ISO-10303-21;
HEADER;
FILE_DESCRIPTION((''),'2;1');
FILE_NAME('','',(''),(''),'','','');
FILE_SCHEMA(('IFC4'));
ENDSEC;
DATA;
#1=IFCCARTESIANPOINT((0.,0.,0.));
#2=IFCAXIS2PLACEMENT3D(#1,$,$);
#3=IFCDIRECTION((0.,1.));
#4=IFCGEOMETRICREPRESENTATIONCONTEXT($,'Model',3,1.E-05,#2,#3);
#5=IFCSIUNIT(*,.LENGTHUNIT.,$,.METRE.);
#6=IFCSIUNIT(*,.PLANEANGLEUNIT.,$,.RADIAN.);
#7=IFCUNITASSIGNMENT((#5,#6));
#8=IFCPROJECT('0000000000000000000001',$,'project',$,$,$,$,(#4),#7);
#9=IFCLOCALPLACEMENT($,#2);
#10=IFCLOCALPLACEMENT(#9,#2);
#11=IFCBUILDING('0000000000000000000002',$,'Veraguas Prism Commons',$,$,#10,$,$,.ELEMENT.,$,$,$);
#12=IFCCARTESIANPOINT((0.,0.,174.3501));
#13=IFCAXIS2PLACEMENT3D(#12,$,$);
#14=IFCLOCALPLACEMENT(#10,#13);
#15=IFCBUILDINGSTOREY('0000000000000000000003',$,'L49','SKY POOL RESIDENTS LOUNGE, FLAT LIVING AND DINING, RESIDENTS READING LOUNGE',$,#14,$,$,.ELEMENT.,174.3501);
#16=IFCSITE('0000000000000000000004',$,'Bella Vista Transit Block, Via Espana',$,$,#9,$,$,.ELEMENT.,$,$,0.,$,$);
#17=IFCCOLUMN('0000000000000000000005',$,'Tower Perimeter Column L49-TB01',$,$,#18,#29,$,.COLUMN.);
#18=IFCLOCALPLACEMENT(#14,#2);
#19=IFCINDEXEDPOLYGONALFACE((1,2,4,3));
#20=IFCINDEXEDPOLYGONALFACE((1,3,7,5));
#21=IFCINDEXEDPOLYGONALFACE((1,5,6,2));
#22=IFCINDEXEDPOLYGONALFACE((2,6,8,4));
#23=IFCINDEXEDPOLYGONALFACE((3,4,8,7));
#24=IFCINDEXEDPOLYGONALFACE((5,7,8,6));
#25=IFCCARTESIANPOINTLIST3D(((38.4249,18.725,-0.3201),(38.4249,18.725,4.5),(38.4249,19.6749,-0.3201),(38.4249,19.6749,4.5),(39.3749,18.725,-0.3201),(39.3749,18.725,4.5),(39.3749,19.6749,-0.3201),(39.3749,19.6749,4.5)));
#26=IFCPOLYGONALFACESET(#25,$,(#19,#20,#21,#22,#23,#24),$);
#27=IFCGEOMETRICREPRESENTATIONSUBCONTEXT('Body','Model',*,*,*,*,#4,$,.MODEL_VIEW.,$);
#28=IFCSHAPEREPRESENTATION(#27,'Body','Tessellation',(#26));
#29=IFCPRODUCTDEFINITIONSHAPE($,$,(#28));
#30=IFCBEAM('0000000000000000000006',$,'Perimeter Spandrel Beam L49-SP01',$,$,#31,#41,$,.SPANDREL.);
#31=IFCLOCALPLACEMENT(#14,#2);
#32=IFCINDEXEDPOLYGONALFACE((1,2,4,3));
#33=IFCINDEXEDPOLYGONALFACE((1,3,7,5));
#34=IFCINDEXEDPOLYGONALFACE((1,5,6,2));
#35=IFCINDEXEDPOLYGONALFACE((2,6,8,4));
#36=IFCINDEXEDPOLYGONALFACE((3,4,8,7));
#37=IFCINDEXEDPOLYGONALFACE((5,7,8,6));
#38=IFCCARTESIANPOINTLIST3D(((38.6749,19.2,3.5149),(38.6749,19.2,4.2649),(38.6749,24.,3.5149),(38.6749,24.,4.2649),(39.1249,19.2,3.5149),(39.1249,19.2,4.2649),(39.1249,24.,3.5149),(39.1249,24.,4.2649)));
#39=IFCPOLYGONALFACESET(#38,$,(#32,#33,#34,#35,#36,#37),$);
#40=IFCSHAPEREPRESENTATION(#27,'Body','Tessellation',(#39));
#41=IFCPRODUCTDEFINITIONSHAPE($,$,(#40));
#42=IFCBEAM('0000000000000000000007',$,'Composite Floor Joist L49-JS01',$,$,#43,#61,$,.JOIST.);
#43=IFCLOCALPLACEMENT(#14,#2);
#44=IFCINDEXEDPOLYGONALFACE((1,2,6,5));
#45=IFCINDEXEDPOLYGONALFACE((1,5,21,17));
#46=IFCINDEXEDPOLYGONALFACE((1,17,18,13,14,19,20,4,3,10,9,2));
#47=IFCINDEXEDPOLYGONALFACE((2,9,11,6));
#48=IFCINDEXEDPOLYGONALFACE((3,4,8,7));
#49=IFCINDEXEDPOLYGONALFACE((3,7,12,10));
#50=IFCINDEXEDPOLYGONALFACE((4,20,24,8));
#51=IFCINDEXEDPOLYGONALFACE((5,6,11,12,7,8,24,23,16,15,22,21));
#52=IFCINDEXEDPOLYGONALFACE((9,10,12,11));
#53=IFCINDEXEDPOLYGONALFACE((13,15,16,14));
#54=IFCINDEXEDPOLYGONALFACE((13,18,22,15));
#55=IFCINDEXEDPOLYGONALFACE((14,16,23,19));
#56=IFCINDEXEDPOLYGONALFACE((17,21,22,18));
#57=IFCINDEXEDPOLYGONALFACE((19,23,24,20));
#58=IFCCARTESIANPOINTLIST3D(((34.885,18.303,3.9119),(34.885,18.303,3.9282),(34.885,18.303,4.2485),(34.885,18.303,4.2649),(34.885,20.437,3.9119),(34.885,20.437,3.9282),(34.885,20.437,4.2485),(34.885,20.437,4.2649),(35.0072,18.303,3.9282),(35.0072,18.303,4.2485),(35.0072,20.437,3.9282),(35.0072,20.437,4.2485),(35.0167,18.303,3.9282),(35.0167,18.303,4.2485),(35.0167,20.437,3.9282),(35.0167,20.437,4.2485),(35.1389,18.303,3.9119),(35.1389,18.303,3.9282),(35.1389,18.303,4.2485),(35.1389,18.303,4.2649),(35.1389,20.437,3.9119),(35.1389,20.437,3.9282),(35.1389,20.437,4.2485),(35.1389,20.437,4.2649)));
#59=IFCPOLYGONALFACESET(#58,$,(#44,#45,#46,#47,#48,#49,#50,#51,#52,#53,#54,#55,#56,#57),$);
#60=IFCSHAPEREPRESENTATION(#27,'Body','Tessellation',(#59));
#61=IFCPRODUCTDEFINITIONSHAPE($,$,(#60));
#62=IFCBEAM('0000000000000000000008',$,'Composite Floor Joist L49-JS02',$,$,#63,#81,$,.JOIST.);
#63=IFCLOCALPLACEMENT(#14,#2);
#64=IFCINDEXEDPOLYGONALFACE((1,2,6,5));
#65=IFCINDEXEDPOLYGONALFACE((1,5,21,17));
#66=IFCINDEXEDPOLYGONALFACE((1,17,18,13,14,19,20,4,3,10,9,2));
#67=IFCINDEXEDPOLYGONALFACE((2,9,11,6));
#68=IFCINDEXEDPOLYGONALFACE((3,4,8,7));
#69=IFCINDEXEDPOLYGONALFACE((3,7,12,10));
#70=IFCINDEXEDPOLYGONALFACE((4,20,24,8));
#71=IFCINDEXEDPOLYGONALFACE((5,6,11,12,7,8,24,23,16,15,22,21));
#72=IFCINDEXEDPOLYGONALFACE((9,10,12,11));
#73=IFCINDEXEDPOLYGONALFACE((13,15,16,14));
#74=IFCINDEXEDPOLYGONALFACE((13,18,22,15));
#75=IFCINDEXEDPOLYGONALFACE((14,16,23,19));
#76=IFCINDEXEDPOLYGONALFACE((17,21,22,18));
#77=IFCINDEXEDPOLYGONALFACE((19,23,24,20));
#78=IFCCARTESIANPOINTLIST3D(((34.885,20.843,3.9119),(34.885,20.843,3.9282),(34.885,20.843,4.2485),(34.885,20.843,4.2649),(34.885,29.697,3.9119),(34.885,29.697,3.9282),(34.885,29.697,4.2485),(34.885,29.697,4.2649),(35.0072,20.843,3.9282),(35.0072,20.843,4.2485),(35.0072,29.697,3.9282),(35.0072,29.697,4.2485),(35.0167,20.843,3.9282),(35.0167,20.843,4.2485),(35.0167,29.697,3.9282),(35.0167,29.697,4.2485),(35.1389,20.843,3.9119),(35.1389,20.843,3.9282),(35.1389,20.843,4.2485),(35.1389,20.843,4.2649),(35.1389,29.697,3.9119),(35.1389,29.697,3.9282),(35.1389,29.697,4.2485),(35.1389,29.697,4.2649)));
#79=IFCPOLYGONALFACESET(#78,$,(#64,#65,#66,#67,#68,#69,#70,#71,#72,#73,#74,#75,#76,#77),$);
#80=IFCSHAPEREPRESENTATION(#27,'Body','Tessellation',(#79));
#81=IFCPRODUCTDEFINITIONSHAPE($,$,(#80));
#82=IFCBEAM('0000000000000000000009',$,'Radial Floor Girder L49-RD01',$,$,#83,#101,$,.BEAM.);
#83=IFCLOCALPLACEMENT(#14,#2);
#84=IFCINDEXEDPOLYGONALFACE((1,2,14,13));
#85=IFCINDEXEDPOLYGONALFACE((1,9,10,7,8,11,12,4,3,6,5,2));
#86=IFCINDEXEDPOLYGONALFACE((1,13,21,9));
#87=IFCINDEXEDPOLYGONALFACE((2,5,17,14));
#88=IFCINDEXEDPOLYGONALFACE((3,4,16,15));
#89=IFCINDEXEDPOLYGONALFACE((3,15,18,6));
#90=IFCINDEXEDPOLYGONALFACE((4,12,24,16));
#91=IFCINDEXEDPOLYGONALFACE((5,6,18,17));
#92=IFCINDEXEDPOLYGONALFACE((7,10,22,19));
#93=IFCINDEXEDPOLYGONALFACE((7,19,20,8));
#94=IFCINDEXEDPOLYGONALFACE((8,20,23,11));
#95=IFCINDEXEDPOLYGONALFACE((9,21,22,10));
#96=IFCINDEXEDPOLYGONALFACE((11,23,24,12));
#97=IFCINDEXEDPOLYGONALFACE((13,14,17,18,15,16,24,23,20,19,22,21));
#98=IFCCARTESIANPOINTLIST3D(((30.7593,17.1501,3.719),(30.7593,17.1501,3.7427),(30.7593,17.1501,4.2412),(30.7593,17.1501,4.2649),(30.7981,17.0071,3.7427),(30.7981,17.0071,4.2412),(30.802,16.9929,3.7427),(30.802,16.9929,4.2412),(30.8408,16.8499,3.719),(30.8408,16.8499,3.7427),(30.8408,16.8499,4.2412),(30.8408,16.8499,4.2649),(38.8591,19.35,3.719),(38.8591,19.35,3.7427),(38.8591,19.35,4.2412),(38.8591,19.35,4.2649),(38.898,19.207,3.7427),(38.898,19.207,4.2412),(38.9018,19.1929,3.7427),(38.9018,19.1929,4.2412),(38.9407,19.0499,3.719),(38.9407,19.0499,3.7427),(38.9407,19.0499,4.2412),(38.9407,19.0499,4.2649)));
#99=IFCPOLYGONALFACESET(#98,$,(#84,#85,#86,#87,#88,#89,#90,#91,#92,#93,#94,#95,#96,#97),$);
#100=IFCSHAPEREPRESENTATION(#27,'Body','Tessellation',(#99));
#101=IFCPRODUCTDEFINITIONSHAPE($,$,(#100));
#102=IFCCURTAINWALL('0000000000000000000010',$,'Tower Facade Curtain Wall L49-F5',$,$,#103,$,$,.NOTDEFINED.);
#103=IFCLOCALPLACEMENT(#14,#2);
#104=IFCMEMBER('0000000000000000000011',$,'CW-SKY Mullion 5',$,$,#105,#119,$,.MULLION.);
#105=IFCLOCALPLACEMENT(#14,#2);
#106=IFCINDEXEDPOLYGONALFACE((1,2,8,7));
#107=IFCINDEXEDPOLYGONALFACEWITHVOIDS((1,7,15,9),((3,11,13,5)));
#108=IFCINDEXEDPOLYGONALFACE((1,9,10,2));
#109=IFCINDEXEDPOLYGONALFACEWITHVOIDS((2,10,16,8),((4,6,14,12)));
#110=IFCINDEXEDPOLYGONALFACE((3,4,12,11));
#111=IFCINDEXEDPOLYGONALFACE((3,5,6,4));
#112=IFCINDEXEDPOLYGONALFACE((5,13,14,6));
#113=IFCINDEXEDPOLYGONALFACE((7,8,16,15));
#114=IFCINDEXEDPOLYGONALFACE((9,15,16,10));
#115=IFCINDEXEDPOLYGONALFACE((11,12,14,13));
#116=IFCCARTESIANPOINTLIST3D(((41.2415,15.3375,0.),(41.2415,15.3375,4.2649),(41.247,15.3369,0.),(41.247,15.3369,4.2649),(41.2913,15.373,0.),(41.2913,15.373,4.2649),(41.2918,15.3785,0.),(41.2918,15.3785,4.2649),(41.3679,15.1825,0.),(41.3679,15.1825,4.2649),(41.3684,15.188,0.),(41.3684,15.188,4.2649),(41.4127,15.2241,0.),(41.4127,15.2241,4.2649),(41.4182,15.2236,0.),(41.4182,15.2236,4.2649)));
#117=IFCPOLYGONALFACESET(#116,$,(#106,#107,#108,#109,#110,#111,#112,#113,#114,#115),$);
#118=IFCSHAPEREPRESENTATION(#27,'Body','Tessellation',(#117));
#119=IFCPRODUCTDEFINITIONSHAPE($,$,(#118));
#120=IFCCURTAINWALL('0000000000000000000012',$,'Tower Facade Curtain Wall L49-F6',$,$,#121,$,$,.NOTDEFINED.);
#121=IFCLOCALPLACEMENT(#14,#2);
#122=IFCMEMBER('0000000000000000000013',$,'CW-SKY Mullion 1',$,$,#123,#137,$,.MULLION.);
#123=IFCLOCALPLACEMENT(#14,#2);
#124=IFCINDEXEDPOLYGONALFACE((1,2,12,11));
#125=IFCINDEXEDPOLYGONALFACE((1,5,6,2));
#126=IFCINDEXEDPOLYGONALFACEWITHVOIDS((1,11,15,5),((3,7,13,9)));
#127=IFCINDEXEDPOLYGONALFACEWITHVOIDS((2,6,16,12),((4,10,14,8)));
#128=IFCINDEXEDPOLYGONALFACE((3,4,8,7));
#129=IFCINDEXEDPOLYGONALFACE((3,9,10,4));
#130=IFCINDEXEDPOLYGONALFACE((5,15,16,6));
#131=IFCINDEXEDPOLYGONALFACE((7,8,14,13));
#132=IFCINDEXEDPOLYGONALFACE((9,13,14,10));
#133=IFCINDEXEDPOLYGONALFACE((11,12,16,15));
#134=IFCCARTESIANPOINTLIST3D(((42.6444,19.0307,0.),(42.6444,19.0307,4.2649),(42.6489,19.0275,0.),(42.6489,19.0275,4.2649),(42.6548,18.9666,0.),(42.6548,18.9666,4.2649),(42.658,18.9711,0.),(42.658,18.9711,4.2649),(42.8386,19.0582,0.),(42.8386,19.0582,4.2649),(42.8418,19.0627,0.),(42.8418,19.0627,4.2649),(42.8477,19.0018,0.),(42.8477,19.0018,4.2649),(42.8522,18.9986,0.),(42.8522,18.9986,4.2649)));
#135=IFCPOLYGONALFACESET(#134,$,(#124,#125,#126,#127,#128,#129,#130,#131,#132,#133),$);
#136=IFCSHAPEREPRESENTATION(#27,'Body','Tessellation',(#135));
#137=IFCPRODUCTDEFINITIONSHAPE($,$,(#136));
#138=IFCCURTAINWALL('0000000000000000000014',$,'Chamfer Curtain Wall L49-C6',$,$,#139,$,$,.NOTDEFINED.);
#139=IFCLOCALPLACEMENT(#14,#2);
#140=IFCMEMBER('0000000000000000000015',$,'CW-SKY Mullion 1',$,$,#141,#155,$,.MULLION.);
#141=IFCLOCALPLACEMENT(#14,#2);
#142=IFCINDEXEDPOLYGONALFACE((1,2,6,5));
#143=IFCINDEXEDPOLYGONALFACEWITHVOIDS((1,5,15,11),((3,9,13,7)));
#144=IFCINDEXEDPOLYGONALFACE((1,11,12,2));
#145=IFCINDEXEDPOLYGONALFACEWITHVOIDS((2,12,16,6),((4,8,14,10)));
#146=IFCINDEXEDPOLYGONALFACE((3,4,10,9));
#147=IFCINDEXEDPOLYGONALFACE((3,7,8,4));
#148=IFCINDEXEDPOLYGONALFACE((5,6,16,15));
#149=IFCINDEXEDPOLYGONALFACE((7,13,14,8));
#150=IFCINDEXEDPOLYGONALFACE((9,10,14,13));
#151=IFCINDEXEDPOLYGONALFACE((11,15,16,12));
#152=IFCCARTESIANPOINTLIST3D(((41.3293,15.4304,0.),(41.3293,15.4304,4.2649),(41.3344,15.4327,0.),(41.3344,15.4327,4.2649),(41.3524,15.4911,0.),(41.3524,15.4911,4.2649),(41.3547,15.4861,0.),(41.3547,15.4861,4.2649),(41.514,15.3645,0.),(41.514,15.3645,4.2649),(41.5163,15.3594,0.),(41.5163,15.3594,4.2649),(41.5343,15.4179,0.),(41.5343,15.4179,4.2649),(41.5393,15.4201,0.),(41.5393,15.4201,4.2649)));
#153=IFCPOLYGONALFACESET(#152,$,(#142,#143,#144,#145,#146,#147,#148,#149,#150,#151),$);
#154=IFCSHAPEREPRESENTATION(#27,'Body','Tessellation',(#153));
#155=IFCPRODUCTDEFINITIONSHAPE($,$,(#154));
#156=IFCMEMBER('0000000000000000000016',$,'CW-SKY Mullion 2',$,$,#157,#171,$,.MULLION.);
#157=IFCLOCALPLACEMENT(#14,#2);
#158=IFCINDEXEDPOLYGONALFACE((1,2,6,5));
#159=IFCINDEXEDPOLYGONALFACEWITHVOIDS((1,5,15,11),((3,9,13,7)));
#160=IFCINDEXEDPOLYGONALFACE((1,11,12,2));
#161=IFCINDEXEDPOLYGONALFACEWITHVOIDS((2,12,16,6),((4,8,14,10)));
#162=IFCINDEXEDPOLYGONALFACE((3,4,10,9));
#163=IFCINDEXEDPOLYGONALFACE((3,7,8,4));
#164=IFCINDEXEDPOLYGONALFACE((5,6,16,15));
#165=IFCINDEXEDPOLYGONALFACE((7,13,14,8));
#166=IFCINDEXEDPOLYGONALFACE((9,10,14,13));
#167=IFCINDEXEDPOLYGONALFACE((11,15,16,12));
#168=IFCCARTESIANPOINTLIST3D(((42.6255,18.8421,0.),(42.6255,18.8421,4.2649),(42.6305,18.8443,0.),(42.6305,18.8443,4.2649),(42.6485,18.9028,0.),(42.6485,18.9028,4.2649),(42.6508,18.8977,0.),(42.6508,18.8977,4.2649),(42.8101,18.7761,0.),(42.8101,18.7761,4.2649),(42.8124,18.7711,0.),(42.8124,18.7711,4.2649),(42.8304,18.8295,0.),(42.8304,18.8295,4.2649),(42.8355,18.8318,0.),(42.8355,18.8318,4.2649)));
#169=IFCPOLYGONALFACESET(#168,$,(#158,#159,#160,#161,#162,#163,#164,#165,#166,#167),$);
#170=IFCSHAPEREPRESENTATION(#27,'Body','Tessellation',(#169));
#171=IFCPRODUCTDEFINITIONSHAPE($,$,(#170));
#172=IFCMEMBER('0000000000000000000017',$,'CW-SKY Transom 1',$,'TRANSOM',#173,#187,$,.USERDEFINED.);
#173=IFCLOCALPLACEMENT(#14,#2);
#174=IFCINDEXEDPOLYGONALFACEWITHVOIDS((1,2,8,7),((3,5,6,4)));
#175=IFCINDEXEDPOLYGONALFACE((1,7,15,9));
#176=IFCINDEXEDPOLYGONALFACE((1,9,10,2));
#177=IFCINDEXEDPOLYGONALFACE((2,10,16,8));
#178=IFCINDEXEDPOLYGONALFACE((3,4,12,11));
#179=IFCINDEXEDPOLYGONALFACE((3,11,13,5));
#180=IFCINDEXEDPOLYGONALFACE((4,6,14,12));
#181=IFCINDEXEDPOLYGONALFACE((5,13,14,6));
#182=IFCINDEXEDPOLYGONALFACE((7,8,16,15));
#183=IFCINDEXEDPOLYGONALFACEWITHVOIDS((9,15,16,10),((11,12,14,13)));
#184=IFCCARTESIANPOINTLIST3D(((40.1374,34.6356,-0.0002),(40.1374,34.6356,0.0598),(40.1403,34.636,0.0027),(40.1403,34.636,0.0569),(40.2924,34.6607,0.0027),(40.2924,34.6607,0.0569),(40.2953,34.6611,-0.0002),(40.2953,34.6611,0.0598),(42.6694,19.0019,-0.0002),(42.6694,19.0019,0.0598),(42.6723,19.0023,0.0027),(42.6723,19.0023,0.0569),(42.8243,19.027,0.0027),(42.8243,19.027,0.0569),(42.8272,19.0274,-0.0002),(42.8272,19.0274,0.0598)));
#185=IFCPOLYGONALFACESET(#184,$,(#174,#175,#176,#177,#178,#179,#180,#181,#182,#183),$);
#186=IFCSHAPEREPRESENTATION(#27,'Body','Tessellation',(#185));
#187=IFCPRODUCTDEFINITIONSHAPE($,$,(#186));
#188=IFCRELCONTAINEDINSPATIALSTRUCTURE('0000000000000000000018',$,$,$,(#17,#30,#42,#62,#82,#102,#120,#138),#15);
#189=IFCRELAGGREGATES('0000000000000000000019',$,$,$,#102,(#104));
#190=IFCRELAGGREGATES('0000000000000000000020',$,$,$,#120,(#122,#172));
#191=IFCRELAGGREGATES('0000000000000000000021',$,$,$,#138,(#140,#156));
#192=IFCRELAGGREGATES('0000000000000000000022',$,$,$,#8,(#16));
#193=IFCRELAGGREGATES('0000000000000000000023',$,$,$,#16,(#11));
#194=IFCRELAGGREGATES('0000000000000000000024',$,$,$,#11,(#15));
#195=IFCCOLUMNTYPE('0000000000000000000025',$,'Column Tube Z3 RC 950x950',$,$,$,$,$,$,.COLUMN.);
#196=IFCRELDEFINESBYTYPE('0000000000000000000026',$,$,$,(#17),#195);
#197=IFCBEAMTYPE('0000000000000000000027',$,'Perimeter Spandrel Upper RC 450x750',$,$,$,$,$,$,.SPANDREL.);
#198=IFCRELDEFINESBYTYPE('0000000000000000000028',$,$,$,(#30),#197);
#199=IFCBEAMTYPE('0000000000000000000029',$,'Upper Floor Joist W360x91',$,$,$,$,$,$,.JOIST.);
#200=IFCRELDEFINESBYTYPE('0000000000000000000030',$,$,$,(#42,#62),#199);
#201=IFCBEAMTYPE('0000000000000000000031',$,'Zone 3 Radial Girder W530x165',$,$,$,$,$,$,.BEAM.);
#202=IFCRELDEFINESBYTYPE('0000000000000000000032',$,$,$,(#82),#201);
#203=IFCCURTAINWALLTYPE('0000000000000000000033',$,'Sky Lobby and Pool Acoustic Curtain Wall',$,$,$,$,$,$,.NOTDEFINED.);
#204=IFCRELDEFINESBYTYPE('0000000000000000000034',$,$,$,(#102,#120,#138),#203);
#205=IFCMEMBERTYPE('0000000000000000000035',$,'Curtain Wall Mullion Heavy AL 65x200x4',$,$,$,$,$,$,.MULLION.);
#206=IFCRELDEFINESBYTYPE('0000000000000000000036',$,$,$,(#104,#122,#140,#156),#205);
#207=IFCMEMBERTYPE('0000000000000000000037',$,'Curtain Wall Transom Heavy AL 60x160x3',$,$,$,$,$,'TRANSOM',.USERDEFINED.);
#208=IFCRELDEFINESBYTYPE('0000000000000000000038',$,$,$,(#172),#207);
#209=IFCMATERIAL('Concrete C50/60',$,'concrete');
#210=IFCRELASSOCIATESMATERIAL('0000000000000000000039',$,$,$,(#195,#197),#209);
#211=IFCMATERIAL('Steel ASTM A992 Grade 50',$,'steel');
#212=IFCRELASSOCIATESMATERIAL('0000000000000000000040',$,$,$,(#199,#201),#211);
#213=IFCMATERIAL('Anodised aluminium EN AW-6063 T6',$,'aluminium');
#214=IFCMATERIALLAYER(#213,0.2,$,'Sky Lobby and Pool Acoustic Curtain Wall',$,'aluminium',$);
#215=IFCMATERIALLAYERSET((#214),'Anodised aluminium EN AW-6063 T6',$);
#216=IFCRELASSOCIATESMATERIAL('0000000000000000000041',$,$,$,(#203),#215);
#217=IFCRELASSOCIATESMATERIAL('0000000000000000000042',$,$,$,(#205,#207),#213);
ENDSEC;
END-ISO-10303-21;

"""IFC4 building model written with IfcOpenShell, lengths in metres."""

from ifc_helpers import new_model, si_unit, direction, frame, origin, origin_2d, place, context, subcontext, project, spatial, rectangle, hollow_rectangle, i_section, extrude, source, transform, mapped, material, layer, layer_set, material_profile, profile_set, type_object, element, aggregate, save


model = new_model("IFC4")

# Units and contexts
model_context = context("Model", 3, precision=1e-05, world=origin(), true_north=direction((0.0, 1.0)))
body_context = subcontext(model_context, "Body", "Model", "MODEL_VIEW")
ifc_project = project(units=[si_unit("LENGTHUNIT", "METRE"), si_unit("PLANEANGLEUNIT", "RADIAN")], contexts=[model_context])

# Site, building, storey
site_placement = place(None, origin())
site = spatial("IfcSite", under=ifc_project, at=site_placement, Name="Bella Vista Transit Block, Via Espana", CompositionType="ELEMENT", RefElevation=0.0)
building_placement = place(site_placement, origin())
building = spatial("IfcBuilding", under=site, at=building_placement, Name="Veraguas Prism Commons", CompositionType="ELEMENT")
storey_placement = place(building_placement, frame((0.0, 0.0, 174.3501)))
storey = spatial("IfcBuildingStorey", under=building, at=storey_placement, Name="L49", Description="SKY POOL RESIDENTS LOUNGE, FLAT LIVING AND DINING, RESIDENTS READING LOUNGE", CompositionType="ELEMENT", Elevation=174.3501)

# Column
ifc_material_1 = material(Name="Concrete C50/60", Category="concrete")
ifc_material_profile_1 = material_profile(ifc_material_1, rectangle(XDim=0.95, YDim=0.95, at=origin_2d()), Name="RC950X950")
ifc_profile_set_1 = profile_set([ifc_material_profile_1], Name="Concrete C50/60")
column_type = type_object("IfcColumnType", Name="Column Tube Z3 RC 950x950", PredefinedType="COLUMN", material=ifc_profile_set_1)
column_placement = place(storey_placement, frame((38.8999, 19.2, -0.3201), z_axis=(0.0, 0.0, 1.0), x_axis=(1.0, 0.0, 0.0)))
element("IfcColumn", 1, at=column_placement, inside=storey, type_object=column_type, Name="Tower Perimeter Column L49-TB01", PredefinedType="COLUMN", context=body_context, shape_type="SweptSolid", body=[
    extrude(rectangle(XDim=0.95, YDim=0.95, at=origin_2d()), origin(), (0.0, 0.0, 1.0), 4.8201),
])

# Beams
ifc_material_profile_2 = material_profile(ifc_material_1, rectangle(XDim=0.45, YDim=0.75, at=origin_2d()), Name="RC450X750")
ifc_profile_set_2 = profile_set([ifc_material_profile_2], Name="Concrete C50/60")
beam_type_1 = type_object("IfcBeamType", Name="Perimeter Spandrel Upper RC 450x750", PredefinedType="SPANDREL", material=ifc_profile_set_2)
beam_1_placement = place(storey_placement, frame((38.8999, 19.2, 3.8899), z_axis=(0.0, 1.0, 0.0), x_axis=(-1.0, 0.0, 0.0)))
element("IfcBeam", 2, at=beam_1_placement, inside=storey, type_object=beam_type_1, Name="Perimeter Spandrel Beam L49-SP01", PredefinedType="SPANDREL", context=body_context, shape_type="SweptSolid", body=[
    extrude(rectangle(XDim=0.45, YDim=0.75, at=origin_2d()), origin(), (0.0, 0.0, 1.0), 4.8),
])
ifc_material_2 = material(Name="Steel ASTM A992 Grade 50", Category="steel")
ifc_material_profile_3 = material_profile(ifc_material_2, i_section(OverallWidth=0.2539, OverallDepth=0.353, WebThickness=0.0095, FlangeThickness=0.0164, at=origin_2d()), Name="W360X91")
ifc_profile_set_3 = profile_set([ifc_material_profile_3], Name="Steel ASTM A992 Grade 50")
beam_type_2 = type_object("IfcBeamType", Name="Upper Floor Joist W360x91", PredefinedType="JOIST", material=ifc_profile_set_3)
beam_2_placement = place(storey_placement, frame((35.012, 18.303, 4.0884), z_axis=(0.0, 1.0, 0.0), x_axis=(-1.0, 0.0, 0.0)))
element("IfcBeam", 3, at=beam_2_placement, inside=storey, type_object=beam_type_2, Name="Composite Floor Joist L49-JS01", PredefinedType="JOIST", context=body_context, shape_type="SweptSolid", body=[
    extrude(i_section(OverallWidth=0.2539, OverallDepth=0.353, WebThickness=0.0095, FlangeThickness=0.0164, at=origin_2d()), origin(), (0.0, 0.0, 1.0), 2.134),
])
beam_3_placement = place(storey_placement, frame((35.012, 20.843, 4.0884), z_axis=(0.0, 1.0, 0.0), x_axis=(-1.0, 0.0, 0.0)))
element("IfcBeam", 4, at=beam_3_placement, inside=storey, type_object=beam_type_2, Name="Composite Floor Joist L49-JS02", PredefinedType="JOIST", context=body_context, shape_type="SweptSolid", body=[
    extrude(i_section(OverallWidth=0.2539, OverallDepth=0.353, WebThickness=0.0095, FlangeThickness=0.0164, at=origin_2d()), origin(), (0.0, 0.0, 1.0), 8.854),
])
ifc_material_profile_4 = material_profile(ifc_material_2, i_section(OverallWidth=0.311, OverallDepth=0.5459, WebThickness=0.0146, FlangeThickness=0.0237, at=origin_2d()), Name="W530X165")
ifc_profile_set_4 = profile_set([ifc_material_profile_4], Name="Steel ASTM A992 Grade 50")
beam_type_3 = type_object("IfcBeamType", Name="Zone 3 Radial Girder W530x165", PredefinedType="BEAM", material=ifc_profile_set_4)
beam_4_placement = place(storey_placement, frame((38.8999, 19.2, 3.9919), z_axis=(-0.965039, -0.262108, 0.0), x_axis=(0.262108, -0.965039, 0.0)))
element("IfcBeam", 5, at=beam_4_placement, inside=storey, type_object=beam_type_3, Name="Radial Floor Girder L49-RD01", PredefinedType="BEAM", context=body_context, shape_type="SweptSolid", body=[
    extrude(i_section(OverallWidth=0.311, OverallDepth=0.5459, WebThickness=0.0146, FlangeThickness=0.0237, at=origin_2d()), origin(), (0.0, 0.0, 1.0), 8.3933),
])

# Curtain walls, members
ifc_material_3 = material(Name="Anodised aluminium EN AW-6063 T6", Category="aluminium")
ifc_layer_1 = layer(ifc_material_3, 0.2, Name="Sky Lobby and Pool Acoustic Curtain Wall", Category="aluminium")
ifc_layer_set_1 = layer_set([ifc_layer_1], Name="Anodised aluminium EN AW-6063 T6")
curtain_wall_type = type_object("IfcCurtainWallType", Name="Sky Lobby and Pool Acoustic Curtain Wall", PredefinedType="NOTDEFINED", material=ifc_layer_set_1)
curtain_wall_1_placement = place(storey_placement, origin())
curtain_wall_1 = element("IfcCurtainWall", 6, at=curtain_wall_1_placement, inside=storey, type_object=curtain_wall_type, Name="Tower Facade Curtain Wall L49-F5", PredefinedType="NOTDEFINED")
ifc_material_profile_5 = material_profile(ifc_material_3, hollow_rectangle(XDim=0.0649, YDim=0.2, WallThickness=0.0039, at=origin_2d()), Name="AL65X200X4")
ifc_profile_set_5 = profile_set([ifc_material_profile_5], Name="Anodised aluminium EN AW-6063 T6")
member_type_1 = type_object("IfcMemberType", Name="Curtain Wall Mullion Heavy AL 65x200x4", PredefinedType="MULLION", material=ifc_profile_set_5)
shared_shape_1 = source(origin(), body_context, "Body", "SweptSolid", [
    extrude(hollow_rectangle(XDim=0.0649, YDim=0.2, WallThickness=0.0039, at=origin_2d()), origin(), (0.0, 0.0, 1.0), 4.2649),
])
member_1_placement = place(storey_placement, frame((41.3298, 15.2805, 0.0), z_axis=(0.0, 0.0, 1.0), x_axis=(0.774941, 0.632033, 0.0)))
member_1 = element("IfcMember", 7, at=member_1_placement, type_object=member_type_1, Name="CW-SKY Mullion 5", PredefinedType="MULLION", context=body_context, shape_type="MappedRepresentation", body=[
    mapped(shared_shape_1, transform((0.0, 0.0, 0.0), scale=1.0)),
])
aggregate(curtain_wall_1, [member_1])
curtain_wall_2_placement = place(storey_placement, origin())
curtain_wall_2 = element("IfcCurtainWall", 8, at=curtain_wall_2_placement, inside=storey, type_object=curtain_wall_type, Name="Tower Facade Curtain Wall L49-F6", PredefinedType="NOTDEFINED")
member_2_placement = place(storey_placement, frame((42.7483, 19.0146, 0.0), z_axis=(0.0, 0.0, 1.0), x_axis=(-0.159874, 0.987137, 0.0)))
member_2 = element("IfcMember", 9, at=member_2_placement, type_object=member_type_1, Name="CW-SKY Mullion 1", PredefinedType="MULLION", context=body_context, shape_type="MappedRepresentation", body=[
    mapped(shared_shape_1, transform((0.0, 0.0, 0.0), scale=1.0)),
])

# Curtain wall, members
curtain_wall_3_placement = place(storey_placement, origin())
curtain_wall_3 = element("IfcCurtainWall", 10, at=curtain_wall_3_placement, inside=storey, type_object=curtain_wall_type, Name="Chamfer Curtain Wall L49-C6", PredefinedType="NOTDEFINED")
member_3_placement = place(storey_placement, frame((41.4343, 15.4253, 0.0), z_axis=(0.0, 0.0, 1.0), x_axis=(0.355107, 0.934826, 0.0)))
member_3 = element("IfcMember", 11, at=member_3_placement, type_object=member_type_1, Name="CW-SKY Mullion 1", PredefinedType="MULLION", context=body_context, shape_type="MappedRepresentation", body=[
    mapped(shared_shape_1, transform((0.0, 0.0, 0.0), scale=1.0)),
])
member_4_placement = place(storey_placement, frame((42.7305, 18.8369, 0.0), z_axis=(0.0, 0.0, 1.0), x_axis=(0.355107, 0.934826, 0.0)))
member_4 = element("IfcMember", 12, at=member_4_placement, type_object=member_type_1, Name="CW-SKY Mullion 2", PredefinedType="MULLION", context=body_context, shape_type="MappedRepresentation", body=[
    mapped(shared_shape_1, transform((0.0, 0.0, 0.0), scale=1.0)),
])

# Member
ifc_material_profile_6 = material_profile(ifc_material_3, hollow_rectangle(XDim=0.0601, YDim=0.1599, WallThickness=0.0029, at=origin_2d()), Name="AL60X160X3")
ifc_profile_set_6 = profile_set([ifc_material_profile_6], Name="Anodised aluminium EN AW-6063 T6")
member_type_2 = type_object("IfcMemberType", Name="Curtain Wall Transom Heavy AL 60x160x3", ElementType="TRANSOM", PredefinedType="USERDEFINED", material=ifc_profile_set_6)
shared_shape_2 = source(origin(), body_context, "Body", "SweptSolid", [
    extrude(hollow_rectangle(XDim=0.0601, YDim=0.1599, WallThickness=0.0029, at=origin_2d()), origin(), (0.0, 0.0, 1.0), 15.8374),
])
member_5_placement = place(storey_placement, frame((42.7483, 19.0146, 0.0298), z_axis=(-0.159873, 0.987138, 0.0), x_axis=(0.0, 0.0, 1.0)))
member_5 = element("IfcMember", 13, at=member_5_placement, type_object=member_type_2, Name="CW-SKY Transom 1", ObjectType="TRANSOM", PredefinedType="USERDEFINED", context=body_context, shape_type="MappedRepresentation", body=[
    mapped(shared_shape_2, transform((0.0, 0.0, 0.0), scale=1.0)),
])

aggregate(curtain_wall_2, [member_2, member_5])
aggregate(curtain_wall_3, [member_3, member_4])

save(model, "model.ifc")
